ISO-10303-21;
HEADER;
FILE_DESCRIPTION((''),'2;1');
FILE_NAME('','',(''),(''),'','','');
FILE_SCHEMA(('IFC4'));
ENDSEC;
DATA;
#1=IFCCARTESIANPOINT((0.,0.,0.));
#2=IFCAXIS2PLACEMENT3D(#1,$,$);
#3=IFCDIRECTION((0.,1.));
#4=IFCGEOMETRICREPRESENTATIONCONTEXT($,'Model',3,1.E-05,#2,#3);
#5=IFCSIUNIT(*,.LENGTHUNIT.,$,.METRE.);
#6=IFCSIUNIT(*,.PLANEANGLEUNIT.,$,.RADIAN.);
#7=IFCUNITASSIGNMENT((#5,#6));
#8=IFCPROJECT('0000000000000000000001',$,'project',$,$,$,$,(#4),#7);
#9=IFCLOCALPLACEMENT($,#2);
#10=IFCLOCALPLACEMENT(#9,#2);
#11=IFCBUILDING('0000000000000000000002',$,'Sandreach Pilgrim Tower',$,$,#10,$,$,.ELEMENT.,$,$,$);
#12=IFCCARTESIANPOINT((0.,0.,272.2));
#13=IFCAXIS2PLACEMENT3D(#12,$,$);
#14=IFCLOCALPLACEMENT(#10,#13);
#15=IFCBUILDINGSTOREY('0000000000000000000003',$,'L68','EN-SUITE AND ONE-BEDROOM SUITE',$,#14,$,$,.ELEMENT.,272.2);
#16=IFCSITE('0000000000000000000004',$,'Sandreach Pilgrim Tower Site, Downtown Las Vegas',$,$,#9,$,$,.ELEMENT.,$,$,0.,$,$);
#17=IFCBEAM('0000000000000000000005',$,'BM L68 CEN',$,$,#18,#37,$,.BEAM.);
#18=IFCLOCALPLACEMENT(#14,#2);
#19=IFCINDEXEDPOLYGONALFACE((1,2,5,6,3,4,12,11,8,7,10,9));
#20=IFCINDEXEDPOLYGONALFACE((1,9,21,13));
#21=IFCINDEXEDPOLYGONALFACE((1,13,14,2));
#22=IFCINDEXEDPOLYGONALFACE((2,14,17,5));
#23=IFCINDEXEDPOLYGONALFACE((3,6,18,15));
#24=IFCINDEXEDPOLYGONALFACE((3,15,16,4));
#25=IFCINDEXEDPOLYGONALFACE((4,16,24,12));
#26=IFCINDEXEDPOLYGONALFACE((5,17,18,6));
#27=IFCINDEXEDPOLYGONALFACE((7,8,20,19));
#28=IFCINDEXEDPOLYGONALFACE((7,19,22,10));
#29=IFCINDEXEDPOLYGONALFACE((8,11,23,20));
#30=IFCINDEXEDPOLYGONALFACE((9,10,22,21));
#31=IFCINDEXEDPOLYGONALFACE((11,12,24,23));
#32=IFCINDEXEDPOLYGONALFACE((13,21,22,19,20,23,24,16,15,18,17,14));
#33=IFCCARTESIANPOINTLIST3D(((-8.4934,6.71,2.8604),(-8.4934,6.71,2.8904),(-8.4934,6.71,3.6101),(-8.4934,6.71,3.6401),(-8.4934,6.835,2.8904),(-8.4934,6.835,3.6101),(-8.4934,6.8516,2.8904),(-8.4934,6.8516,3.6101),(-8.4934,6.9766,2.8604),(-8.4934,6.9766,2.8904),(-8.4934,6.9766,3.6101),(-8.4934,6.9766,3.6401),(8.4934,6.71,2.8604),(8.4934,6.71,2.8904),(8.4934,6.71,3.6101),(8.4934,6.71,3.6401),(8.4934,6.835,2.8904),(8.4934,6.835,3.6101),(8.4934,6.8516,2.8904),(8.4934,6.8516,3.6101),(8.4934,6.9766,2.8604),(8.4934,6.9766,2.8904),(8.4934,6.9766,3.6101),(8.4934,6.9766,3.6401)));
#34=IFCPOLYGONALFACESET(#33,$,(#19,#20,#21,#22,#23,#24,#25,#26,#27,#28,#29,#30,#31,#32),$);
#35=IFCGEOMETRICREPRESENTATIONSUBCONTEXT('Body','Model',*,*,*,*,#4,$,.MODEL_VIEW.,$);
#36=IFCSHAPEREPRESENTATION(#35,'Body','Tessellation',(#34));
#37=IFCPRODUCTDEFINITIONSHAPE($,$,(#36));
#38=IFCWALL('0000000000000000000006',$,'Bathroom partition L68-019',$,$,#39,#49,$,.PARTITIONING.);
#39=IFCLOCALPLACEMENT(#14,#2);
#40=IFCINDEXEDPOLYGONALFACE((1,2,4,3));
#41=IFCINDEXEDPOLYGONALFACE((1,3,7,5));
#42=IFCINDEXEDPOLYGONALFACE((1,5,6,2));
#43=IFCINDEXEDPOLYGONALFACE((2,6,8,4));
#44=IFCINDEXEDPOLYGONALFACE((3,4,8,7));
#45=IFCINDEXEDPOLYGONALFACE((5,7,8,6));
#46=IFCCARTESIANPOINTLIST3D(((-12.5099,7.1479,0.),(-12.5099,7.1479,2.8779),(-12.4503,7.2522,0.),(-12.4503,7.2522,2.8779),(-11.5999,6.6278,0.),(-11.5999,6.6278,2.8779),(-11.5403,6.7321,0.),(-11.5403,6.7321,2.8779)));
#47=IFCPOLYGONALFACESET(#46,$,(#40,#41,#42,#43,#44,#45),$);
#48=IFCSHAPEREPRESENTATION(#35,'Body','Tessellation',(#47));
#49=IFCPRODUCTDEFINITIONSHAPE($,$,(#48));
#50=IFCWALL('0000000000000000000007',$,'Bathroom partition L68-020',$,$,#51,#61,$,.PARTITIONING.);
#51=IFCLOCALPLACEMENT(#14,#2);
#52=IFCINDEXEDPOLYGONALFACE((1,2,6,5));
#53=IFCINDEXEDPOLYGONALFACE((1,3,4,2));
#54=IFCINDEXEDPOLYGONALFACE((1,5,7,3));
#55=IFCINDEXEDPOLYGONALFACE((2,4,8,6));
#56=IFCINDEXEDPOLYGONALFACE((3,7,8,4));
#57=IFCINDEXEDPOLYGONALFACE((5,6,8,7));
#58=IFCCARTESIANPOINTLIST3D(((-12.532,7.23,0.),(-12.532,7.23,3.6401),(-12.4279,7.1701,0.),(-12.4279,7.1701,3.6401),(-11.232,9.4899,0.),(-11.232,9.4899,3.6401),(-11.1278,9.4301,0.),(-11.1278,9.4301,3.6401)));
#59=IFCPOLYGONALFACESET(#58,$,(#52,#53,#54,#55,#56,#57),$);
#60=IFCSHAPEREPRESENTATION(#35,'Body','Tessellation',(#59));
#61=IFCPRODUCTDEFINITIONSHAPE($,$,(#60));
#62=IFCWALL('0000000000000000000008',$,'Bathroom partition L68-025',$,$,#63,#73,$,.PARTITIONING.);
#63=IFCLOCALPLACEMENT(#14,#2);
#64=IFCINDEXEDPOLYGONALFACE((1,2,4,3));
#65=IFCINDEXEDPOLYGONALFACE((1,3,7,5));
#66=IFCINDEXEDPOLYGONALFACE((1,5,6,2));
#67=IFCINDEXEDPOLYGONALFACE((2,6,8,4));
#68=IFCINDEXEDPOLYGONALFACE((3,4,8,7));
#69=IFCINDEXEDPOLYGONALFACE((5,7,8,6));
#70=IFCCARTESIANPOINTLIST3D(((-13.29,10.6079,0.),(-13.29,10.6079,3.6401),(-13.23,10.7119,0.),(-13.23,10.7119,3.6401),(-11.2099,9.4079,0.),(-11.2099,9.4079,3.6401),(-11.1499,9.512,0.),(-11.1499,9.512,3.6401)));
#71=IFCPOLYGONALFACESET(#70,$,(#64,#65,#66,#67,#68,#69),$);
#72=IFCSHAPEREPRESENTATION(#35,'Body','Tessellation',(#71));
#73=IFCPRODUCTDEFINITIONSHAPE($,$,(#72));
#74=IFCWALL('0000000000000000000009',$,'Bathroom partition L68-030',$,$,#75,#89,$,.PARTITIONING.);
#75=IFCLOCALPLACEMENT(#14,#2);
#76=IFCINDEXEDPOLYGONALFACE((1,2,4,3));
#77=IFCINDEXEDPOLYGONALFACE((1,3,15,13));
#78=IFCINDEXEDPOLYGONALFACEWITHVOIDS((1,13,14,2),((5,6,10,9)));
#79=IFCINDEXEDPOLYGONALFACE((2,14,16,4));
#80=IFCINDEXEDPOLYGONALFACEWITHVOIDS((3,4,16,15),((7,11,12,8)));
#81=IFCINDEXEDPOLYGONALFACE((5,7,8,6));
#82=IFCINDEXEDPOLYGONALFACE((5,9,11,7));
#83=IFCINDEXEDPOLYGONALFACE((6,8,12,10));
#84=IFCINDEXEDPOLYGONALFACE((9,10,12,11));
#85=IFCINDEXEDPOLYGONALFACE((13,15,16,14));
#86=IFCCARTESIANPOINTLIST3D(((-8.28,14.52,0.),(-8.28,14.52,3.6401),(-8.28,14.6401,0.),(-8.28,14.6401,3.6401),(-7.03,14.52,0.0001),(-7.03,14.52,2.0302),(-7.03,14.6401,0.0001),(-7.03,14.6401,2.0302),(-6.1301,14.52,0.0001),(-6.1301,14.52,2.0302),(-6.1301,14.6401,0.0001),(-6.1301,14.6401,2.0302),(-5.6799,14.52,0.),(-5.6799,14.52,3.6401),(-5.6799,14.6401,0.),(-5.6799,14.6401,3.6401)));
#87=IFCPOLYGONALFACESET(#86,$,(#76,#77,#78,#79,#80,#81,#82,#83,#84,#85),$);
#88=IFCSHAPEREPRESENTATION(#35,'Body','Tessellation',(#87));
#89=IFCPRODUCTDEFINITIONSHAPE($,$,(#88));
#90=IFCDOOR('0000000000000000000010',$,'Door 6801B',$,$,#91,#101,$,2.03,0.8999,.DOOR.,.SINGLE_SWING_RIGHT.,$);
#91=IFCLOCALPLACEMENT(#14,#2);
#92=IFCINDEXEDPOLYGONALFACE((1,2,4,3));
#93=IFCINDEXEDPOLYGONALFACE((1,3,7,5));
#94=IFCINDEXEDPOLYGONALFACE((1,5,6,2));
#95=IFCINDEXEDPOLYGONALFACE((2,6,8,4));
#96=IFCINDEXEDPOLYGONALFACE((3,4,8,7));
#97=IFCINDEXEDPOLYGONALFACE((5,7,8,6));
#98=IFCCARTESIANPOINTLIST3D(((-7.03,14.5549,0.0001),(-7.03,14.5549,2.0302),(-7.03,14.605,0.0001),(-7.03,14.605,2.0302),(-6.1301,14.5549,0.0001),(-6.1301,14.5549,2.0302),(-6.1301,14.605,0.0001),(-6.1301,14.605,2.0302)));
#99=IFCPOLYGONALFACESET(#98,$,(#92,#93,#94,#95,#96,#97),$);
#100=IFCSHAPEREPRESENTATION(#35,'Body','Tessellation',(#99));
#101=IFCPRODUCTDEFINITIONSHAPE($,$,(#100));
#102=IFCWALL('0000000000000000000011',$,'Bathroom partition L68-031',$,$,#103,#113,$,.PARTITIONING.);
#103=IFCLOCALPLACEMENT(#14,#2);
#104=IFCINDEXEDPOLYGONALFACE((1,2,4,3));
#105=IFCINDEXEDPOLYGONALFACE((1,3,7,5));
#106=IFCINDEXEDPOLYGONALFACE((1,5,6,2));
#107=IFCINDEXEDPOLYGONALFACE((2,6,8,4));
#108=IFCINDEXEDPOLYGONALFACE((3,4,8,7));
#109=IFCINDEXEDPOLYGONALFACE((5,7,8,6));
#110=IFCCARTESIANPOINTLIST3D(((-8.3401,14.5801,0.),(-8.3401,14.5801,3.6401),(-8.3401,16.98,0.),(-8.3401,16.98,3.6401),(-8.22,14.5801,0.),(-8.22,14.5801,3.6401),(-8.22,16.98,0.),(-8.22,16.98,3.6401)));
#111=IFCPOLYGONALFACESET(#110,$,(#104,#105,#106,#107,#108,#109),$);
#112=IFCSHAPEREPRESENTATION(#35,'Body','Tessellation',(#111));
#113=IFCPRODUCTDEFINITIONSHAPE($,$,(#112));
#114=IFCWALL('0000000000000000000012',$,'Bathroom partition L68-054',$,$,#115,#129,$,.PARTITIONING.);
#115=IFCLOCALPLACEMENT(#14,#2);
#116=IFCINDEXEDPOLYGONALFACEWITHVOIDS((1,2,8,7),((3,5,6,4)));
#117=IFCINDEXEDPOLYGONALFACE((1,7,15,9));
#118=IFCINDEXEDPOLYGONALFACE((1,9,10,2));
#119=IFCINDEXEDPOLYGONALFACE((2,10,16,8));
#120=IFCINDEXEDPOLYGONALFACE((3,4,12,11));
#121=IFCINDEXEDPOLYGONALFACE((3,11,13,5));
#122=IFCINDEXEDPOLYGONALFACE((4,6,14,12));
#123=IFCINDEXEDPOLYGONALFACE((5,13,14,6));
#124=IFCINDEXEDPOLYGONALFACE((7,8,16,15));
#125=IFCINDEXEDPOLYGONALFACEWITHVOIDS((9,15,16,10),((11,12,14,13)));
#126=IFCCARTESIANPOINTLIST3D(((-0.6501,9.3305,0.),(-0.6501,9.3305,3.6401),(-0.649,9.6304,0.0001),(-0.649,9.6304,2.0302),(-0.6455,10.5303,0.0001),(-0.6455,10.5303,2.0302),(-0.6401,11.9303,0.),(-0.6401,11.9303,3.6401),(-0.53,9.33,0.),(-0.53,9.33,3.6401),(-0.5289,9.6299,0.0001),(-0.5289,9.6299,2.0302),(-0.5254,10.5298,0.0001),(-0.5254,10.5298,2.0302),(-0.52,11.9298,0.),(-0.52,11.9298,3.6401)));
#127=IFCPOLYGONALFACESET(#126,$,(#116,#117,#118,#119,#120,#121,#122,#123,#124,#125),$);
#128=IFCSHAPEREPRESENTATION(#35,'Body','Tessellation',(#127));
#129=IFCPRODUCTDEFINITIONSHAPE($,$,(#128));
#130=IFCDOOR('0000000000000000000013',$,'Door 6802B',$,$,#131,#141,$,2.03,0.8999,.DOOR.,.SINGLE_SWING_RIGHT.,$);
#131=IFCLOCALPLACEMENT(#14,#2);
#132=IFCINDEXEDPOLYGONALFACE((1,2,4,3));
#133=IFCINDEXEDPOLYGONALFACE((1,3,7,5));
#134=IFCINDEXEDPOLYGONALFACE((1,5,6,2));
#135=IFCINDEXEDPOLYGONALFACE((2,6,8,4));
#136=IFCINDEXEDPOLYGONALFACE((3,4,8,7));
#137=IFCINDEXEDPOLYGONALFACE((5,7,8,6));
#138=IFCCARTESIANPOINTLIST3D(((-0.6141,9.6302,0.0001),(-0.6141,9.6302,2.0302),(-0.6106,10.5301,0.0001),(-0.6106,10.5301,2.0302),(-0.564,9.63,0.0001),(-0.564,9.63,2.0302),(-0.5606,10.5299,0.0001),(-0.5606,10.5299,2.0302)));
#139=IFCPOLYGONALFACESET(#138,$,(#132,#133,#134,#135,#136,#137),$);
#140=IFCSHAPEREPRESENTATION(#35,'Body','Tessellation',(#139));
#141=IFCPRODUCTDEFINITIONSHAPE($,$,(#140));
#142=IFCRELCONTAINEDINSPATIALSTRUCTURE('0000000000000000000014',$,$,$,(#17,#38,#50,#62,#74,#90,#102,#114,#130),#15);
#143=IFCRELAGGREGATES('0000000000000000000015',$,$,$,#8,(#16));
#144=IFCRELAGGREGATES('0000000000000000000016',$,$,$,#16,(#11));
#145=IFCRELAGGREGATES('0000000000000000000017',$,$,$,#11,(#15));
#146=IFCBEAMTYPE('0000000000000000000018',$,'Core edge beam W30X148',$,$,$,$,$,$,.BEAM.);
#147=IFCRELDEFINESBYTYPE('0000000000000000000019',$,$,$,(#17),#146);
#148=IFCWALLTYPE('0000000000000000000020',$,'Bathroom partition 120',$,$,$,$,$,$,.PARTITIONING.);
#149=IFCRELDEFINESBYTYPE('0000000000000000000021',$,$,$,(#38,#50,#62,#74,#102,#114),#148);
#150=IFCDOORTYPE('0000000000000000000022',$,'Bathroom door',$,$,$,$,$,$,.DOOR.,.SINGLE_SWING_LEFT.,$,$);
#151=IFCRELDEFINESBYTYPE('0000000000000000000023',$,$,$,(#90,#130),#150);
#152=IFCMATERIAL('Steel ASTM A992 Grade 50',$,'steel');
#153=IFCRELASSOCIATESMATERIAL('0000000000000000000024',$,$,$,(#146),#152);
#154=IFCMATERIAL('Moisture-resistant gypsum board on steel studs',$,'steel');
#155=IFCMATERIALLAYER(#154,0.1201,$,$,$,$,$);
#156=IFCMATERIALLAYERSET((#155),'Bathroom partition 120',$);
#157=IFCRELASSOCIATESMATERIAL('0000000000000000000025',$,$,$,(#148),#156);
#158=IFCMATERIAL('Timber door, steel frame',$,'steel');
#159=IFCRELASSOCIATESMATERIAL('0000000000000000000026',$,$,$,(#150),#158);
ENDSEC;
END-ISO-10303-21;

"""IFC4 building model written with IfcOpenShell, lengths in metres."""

from ifc_helpers import new_model, si_unit, direction, frame, frame_2d, origin, origin_2d, place, context, subcontext, project, spatial, rectangle, i_section, extrude, material, layer, layer_set, material_profile, profile_set, type_object, element, fill, save


model = new_model("IFC4")

# Units and contexts
model_context = context("Model", 3, precision=1e-05, world=origin(), true_north=direction((0.0, 1.0)))
body_context = subcontext(model_context, "Body", "Model", "MODEL_VIEW")
ifc_project = project(units=[si_unit("LENGTHUNIT", "METRE"), si_unit("PLANEANGLEUNIT", "RADIAN")], contexts=[model_context])

# Site, building, storey
site_placement = place(None, origin())
site = spatial("IfcSite", under=ifc_project, at=site_placement, Name="Sandreach Pilgrim Tower Site, Downtown Las Vegas", CompositionType="ELEMENT", RefElevation=0.0)
building_placement = place(site_placement, origin())
building = spatial("IfcBuilding", under=site, at=building_placement, Name="Sandreach Pilgrim Tower", CompositionType="ELEMENT")
storey_placement = place(building_placement, frame((0.0, 0.0, 272.2)))
storey = spatial("IfcBuildingStorey", under=building, at=storey_placement, Name="L68", Description="EN-SUITE AND ONE-BEDROOM SUITE", CompositionType="ELEMENT", Elevation=272.2)

# Beam
ifc_material_1 = material(Name="Steel ASTM A992 Grade 50", Category="steel")
ifc_material_profile = material_profile(ifc_material_1, i_section(OverallWidth=0.2666, OverallDepth=0.7798, WebThickness=0.0166, FlangeThickness=0.03, at=origin_2d()), Name="W30X148")
ifc_profile_set = profile_set([ifc_material_profile], Name="Steel ASTM A992 Grade 50")
beam_type = type_object("IfcBeamType", Name="Core edge beam W30X148", PredefinedType="BEAM", material=ifc_profile_set)
beam_placement = place(storey_placement, frame((-8.4934, 6.8433, 3.2502), z_axis=(1.0, 0.0, 0.0), x_axis=(0.0, 1.0, 0.0)))
element("IfcBeam", 1, at=beam_placement, inside=storey, type_object=beam_type, Name="BM L68 CEN", PredefinedType="BEAM", context=body_context, shape_type="SweptSolid", body=[
    extrude(i_section(OverallWidth=0.2666, OverallDepth=0.7798, WebThickness=0.0166, FlangeThickness=0.03, at=origin_2d()), origin(), (0.0, 0.0, 1.0), 16.9868),
])

# Walls
ifc_material_2 = material(Name="Moisture-resistant gypsum board on steel studs", Category="steel")
ifc_layer_1 = layer(ifc_material_2, 0.1201)
ifc_layer_set_1 = layer_set([ifc_layer_1], Name="Bathroom partition 120")
wall_type_1 = type_object("IfcWallType", Name="Bathroom partition 120", PredefinedType="PARTITIONING", material=ifc_layer_set_1)
wall_1_placement = place(storey_placement, frame((-12.48, 7.2, 0.0), z_axis=(0.0, 0.0, 1.0), x_axis=(0.868214, -0.496189, 0.0)))
element("IfcWall", 2, at=wall_1_placement, inside=storey, type_object=wall_type_1, Name="Bathroom partition L68-019", PredefinedType="PARTITIONING", context=body_context, shape_type="SweptSolid", body=[
    extrude(rectangle(XDim=1.0481, YDim=0.1201, at=frame_2d((0.5239, 0.0))), origin(), (0.0, 0.0, 1.0), 2.8779),
])
wall_2_placement = place(storey_placement, frame((-12.48, 7.2, 0.0), z_axis=(0.0, 0.0, 1.0), x_axis=(0.498628, 0.866816, 0.0)))
element("IfcWall", 3, at=wall_2_placement, inside=storey, type_object=wall_type_1, Name="Bathroom partition L68-020", PredefinedType="PARTITIONING", context=body_context, shape_type="SweptSolid", body=[
    extrude(rectangle(XDim=2.6072, YDim=0.1201, at=frame_2d((1.3037, 0.0))), origin(), (0.0, 0.0, 1.0), 3.6401),
])
wall_3_placement = place(storey_placement, frame((-11.1799, 9.46, 0.0), z_axis=(0.0, 0.0, 1.0), x_axis=(-0.866203, 0.499693, 0.0)))
element("IfcWall", 4, at=wall_3_placement, inside=storey, type_object=wall_type_1, Name="Bathroom partition L68-025", PredefinedType="PARTITIONING", context=body_context, shape_type="SweptSolid", body=[
    extrude(rectangle(XDim=2.4014, YDim=0.1201, at=frame_2d((1.2007, 0.0))), origin(), (0.0, 0.0, 1.0), 3.6401),
])

# Wall, opening, door
wall_4_placement = place(storey_placement, frame((-8.28, 14.5801, 0.0), z_axis=(0.0, 0.0, 1.0), x_axis=(1.0, 0.0, 0.0)))
wall_4 = element("IfcWall", 5, at=wall_4_placement, inside=storey, type_object=wall_type_1, Name="Bathroom partition L68-030", PredefinedType="PARTITIONING", context=body_context, shape_type="SweptSolid", body=[
    extrude(rectangle(XDim=2.6001, YDim=0.1201, at=frame_2d((1.3, 0.0))), origin(), (0.0, 0.0, 1.0), 3.6401),
])
opening_1_placement = place(wall_4_placement, frame((1.25, 0.0, 0.0)))
opening_1 = element("IfcOpeningElement", 6, at=opening_1_placement, cuts=wall_4, PredefinedType="OPENING", context=body_context, shape_type="SweptSolid", body=[
    extrude(rectangle(XDim=0.8999, YDim=2.03, at=frame_2d((0.45, 1.0151))), frame((0.0, 0.0601, 0.0), z_axis=(0.0, -1.0, 0.0), x_axis=(1.0, 0.0, 0.0)), (0.0, 0.0, 1.0), 0.1201),
])
ifc_material_3 = material(Name="Timber door, steel frame", Category="steel")
door_type_1 = type_object("IfcDoorType", Name="Bathroom door", OperationType="SINGLE_SWING_LEFT", PredefinedType="DOOR", material=ifc_material_3)
door_1_placement = place(opening_1_placement, origin())
door_1 = element("IfcDoor", 7, at=door_1_placement, inside=storey, type_object=door_type_1, Name="Door 6801B", OperationType="SINGLE_SWING_RIGHT", OverallHeight=2.03, OverallWidth=0.8999, PredefinedType="DOOR", context=body_context, shape_type="SweptSolid", body=[
    extrude(rectangle(XDim=0.8999, YDim=2.03, at=frame_2d((0.45, 1.0151))), frame((0.0, 0.0249, 0.0), z_axis=(0.0, -1.0, 0.0), x_axis=(1.0, 0.0, 0.0)), (0.0, 0.0, 1.0), 0.05),
])
fill(opening_1, door_1)

# Wall
wall_5_placement = place(storey_placement, frame((-8.28, 16.98, 0.0), z_axis=(0.0, 0.0, 1.0), x_axis=(0.0, -1.0, 0.0)))
element("IfcWall", 8, at=wall_5_placement, inside=storey, type_object=wall_type_1, Name="Bathroom partition L68-031", PredefinedType="PARTITIONING", context=body_context, shape_type="SweptSolid", body=[
    extrude(rectangle(XDim=2.3999, YDim=0.1201, at=frame_2d((1.2, 0.0))), origin(), (0.0, 0.0, 1.0), 3.6401),
])

# Wall, opening, door
wall_6_placement = place(storey_placement, frame((-0.5801, 11.9299, 0.0), z_axis=(0.0, 0.0, 1.0), x_axis=(-0.00385, -0.999993, 0.0)))
wall_6 = element("IfcWall", 9, at=wall_6_placement, inside=storey, type_object=wall_type_1, Name="Bathroom partition L68-054", PredefinedType="PARTITIONING", context=body_context, shape_type="SweptSolid", body=[
    extrude(rectangle(XDim=2.5999, YDim=0.1201, at=frame_2d((1.2998, 0.0))), origin(), (0.0, 0.0, 1.0), 3.6401),
])
opening_2_placement = place(wall_6_placement, frame((1.3999, 0.0, 0.0)))
opening_2 = element("IfcOpeningElement", 10, at=opening_2_placement, cuts=wall_6, PredefinedType="OPENING", context=body_context, shape_type="SweptSolid", body=[
    extrude(rectangle(XDim=0.8999, YDim=2.03, at=frame_2d((0.45, 1.0151))), frame((0.0, 0.0601, 0.0), z_axis=(0.0, -1.0, 0.0), x_axis=(1.0, 0.0, 0.0)), (0.0, 0.0, 1.0), 0.1201),
])
door_2_placement = place(opening_2_placement, origin())
door_2 = element("IfcDoor", 11, at=door_2_placement, inside=storey, type_object=door_type_1, Name="Door 6802B", OperationType="SINGLE_SWING_RIGHT", OverallHeight=2.03, OverallWidth=0.8999, PredefinedType="DOOR", context=body_context, shape_type="SweptSolid", body=[
    extrude(rectangle(XDim=0.8999, YDim=2.03, at=frame_2d((0.45, 1.0151))), frame((0.0, 0.0249, 0.0), z_axis=(0.0, -1.0, 0.0), x_axis=(1.0, 0.0, 0.0)), (0.0, 0.0, 1.0), 0.05),
])
fill(opening_2, door_2)

save(model, "model.ifc")
